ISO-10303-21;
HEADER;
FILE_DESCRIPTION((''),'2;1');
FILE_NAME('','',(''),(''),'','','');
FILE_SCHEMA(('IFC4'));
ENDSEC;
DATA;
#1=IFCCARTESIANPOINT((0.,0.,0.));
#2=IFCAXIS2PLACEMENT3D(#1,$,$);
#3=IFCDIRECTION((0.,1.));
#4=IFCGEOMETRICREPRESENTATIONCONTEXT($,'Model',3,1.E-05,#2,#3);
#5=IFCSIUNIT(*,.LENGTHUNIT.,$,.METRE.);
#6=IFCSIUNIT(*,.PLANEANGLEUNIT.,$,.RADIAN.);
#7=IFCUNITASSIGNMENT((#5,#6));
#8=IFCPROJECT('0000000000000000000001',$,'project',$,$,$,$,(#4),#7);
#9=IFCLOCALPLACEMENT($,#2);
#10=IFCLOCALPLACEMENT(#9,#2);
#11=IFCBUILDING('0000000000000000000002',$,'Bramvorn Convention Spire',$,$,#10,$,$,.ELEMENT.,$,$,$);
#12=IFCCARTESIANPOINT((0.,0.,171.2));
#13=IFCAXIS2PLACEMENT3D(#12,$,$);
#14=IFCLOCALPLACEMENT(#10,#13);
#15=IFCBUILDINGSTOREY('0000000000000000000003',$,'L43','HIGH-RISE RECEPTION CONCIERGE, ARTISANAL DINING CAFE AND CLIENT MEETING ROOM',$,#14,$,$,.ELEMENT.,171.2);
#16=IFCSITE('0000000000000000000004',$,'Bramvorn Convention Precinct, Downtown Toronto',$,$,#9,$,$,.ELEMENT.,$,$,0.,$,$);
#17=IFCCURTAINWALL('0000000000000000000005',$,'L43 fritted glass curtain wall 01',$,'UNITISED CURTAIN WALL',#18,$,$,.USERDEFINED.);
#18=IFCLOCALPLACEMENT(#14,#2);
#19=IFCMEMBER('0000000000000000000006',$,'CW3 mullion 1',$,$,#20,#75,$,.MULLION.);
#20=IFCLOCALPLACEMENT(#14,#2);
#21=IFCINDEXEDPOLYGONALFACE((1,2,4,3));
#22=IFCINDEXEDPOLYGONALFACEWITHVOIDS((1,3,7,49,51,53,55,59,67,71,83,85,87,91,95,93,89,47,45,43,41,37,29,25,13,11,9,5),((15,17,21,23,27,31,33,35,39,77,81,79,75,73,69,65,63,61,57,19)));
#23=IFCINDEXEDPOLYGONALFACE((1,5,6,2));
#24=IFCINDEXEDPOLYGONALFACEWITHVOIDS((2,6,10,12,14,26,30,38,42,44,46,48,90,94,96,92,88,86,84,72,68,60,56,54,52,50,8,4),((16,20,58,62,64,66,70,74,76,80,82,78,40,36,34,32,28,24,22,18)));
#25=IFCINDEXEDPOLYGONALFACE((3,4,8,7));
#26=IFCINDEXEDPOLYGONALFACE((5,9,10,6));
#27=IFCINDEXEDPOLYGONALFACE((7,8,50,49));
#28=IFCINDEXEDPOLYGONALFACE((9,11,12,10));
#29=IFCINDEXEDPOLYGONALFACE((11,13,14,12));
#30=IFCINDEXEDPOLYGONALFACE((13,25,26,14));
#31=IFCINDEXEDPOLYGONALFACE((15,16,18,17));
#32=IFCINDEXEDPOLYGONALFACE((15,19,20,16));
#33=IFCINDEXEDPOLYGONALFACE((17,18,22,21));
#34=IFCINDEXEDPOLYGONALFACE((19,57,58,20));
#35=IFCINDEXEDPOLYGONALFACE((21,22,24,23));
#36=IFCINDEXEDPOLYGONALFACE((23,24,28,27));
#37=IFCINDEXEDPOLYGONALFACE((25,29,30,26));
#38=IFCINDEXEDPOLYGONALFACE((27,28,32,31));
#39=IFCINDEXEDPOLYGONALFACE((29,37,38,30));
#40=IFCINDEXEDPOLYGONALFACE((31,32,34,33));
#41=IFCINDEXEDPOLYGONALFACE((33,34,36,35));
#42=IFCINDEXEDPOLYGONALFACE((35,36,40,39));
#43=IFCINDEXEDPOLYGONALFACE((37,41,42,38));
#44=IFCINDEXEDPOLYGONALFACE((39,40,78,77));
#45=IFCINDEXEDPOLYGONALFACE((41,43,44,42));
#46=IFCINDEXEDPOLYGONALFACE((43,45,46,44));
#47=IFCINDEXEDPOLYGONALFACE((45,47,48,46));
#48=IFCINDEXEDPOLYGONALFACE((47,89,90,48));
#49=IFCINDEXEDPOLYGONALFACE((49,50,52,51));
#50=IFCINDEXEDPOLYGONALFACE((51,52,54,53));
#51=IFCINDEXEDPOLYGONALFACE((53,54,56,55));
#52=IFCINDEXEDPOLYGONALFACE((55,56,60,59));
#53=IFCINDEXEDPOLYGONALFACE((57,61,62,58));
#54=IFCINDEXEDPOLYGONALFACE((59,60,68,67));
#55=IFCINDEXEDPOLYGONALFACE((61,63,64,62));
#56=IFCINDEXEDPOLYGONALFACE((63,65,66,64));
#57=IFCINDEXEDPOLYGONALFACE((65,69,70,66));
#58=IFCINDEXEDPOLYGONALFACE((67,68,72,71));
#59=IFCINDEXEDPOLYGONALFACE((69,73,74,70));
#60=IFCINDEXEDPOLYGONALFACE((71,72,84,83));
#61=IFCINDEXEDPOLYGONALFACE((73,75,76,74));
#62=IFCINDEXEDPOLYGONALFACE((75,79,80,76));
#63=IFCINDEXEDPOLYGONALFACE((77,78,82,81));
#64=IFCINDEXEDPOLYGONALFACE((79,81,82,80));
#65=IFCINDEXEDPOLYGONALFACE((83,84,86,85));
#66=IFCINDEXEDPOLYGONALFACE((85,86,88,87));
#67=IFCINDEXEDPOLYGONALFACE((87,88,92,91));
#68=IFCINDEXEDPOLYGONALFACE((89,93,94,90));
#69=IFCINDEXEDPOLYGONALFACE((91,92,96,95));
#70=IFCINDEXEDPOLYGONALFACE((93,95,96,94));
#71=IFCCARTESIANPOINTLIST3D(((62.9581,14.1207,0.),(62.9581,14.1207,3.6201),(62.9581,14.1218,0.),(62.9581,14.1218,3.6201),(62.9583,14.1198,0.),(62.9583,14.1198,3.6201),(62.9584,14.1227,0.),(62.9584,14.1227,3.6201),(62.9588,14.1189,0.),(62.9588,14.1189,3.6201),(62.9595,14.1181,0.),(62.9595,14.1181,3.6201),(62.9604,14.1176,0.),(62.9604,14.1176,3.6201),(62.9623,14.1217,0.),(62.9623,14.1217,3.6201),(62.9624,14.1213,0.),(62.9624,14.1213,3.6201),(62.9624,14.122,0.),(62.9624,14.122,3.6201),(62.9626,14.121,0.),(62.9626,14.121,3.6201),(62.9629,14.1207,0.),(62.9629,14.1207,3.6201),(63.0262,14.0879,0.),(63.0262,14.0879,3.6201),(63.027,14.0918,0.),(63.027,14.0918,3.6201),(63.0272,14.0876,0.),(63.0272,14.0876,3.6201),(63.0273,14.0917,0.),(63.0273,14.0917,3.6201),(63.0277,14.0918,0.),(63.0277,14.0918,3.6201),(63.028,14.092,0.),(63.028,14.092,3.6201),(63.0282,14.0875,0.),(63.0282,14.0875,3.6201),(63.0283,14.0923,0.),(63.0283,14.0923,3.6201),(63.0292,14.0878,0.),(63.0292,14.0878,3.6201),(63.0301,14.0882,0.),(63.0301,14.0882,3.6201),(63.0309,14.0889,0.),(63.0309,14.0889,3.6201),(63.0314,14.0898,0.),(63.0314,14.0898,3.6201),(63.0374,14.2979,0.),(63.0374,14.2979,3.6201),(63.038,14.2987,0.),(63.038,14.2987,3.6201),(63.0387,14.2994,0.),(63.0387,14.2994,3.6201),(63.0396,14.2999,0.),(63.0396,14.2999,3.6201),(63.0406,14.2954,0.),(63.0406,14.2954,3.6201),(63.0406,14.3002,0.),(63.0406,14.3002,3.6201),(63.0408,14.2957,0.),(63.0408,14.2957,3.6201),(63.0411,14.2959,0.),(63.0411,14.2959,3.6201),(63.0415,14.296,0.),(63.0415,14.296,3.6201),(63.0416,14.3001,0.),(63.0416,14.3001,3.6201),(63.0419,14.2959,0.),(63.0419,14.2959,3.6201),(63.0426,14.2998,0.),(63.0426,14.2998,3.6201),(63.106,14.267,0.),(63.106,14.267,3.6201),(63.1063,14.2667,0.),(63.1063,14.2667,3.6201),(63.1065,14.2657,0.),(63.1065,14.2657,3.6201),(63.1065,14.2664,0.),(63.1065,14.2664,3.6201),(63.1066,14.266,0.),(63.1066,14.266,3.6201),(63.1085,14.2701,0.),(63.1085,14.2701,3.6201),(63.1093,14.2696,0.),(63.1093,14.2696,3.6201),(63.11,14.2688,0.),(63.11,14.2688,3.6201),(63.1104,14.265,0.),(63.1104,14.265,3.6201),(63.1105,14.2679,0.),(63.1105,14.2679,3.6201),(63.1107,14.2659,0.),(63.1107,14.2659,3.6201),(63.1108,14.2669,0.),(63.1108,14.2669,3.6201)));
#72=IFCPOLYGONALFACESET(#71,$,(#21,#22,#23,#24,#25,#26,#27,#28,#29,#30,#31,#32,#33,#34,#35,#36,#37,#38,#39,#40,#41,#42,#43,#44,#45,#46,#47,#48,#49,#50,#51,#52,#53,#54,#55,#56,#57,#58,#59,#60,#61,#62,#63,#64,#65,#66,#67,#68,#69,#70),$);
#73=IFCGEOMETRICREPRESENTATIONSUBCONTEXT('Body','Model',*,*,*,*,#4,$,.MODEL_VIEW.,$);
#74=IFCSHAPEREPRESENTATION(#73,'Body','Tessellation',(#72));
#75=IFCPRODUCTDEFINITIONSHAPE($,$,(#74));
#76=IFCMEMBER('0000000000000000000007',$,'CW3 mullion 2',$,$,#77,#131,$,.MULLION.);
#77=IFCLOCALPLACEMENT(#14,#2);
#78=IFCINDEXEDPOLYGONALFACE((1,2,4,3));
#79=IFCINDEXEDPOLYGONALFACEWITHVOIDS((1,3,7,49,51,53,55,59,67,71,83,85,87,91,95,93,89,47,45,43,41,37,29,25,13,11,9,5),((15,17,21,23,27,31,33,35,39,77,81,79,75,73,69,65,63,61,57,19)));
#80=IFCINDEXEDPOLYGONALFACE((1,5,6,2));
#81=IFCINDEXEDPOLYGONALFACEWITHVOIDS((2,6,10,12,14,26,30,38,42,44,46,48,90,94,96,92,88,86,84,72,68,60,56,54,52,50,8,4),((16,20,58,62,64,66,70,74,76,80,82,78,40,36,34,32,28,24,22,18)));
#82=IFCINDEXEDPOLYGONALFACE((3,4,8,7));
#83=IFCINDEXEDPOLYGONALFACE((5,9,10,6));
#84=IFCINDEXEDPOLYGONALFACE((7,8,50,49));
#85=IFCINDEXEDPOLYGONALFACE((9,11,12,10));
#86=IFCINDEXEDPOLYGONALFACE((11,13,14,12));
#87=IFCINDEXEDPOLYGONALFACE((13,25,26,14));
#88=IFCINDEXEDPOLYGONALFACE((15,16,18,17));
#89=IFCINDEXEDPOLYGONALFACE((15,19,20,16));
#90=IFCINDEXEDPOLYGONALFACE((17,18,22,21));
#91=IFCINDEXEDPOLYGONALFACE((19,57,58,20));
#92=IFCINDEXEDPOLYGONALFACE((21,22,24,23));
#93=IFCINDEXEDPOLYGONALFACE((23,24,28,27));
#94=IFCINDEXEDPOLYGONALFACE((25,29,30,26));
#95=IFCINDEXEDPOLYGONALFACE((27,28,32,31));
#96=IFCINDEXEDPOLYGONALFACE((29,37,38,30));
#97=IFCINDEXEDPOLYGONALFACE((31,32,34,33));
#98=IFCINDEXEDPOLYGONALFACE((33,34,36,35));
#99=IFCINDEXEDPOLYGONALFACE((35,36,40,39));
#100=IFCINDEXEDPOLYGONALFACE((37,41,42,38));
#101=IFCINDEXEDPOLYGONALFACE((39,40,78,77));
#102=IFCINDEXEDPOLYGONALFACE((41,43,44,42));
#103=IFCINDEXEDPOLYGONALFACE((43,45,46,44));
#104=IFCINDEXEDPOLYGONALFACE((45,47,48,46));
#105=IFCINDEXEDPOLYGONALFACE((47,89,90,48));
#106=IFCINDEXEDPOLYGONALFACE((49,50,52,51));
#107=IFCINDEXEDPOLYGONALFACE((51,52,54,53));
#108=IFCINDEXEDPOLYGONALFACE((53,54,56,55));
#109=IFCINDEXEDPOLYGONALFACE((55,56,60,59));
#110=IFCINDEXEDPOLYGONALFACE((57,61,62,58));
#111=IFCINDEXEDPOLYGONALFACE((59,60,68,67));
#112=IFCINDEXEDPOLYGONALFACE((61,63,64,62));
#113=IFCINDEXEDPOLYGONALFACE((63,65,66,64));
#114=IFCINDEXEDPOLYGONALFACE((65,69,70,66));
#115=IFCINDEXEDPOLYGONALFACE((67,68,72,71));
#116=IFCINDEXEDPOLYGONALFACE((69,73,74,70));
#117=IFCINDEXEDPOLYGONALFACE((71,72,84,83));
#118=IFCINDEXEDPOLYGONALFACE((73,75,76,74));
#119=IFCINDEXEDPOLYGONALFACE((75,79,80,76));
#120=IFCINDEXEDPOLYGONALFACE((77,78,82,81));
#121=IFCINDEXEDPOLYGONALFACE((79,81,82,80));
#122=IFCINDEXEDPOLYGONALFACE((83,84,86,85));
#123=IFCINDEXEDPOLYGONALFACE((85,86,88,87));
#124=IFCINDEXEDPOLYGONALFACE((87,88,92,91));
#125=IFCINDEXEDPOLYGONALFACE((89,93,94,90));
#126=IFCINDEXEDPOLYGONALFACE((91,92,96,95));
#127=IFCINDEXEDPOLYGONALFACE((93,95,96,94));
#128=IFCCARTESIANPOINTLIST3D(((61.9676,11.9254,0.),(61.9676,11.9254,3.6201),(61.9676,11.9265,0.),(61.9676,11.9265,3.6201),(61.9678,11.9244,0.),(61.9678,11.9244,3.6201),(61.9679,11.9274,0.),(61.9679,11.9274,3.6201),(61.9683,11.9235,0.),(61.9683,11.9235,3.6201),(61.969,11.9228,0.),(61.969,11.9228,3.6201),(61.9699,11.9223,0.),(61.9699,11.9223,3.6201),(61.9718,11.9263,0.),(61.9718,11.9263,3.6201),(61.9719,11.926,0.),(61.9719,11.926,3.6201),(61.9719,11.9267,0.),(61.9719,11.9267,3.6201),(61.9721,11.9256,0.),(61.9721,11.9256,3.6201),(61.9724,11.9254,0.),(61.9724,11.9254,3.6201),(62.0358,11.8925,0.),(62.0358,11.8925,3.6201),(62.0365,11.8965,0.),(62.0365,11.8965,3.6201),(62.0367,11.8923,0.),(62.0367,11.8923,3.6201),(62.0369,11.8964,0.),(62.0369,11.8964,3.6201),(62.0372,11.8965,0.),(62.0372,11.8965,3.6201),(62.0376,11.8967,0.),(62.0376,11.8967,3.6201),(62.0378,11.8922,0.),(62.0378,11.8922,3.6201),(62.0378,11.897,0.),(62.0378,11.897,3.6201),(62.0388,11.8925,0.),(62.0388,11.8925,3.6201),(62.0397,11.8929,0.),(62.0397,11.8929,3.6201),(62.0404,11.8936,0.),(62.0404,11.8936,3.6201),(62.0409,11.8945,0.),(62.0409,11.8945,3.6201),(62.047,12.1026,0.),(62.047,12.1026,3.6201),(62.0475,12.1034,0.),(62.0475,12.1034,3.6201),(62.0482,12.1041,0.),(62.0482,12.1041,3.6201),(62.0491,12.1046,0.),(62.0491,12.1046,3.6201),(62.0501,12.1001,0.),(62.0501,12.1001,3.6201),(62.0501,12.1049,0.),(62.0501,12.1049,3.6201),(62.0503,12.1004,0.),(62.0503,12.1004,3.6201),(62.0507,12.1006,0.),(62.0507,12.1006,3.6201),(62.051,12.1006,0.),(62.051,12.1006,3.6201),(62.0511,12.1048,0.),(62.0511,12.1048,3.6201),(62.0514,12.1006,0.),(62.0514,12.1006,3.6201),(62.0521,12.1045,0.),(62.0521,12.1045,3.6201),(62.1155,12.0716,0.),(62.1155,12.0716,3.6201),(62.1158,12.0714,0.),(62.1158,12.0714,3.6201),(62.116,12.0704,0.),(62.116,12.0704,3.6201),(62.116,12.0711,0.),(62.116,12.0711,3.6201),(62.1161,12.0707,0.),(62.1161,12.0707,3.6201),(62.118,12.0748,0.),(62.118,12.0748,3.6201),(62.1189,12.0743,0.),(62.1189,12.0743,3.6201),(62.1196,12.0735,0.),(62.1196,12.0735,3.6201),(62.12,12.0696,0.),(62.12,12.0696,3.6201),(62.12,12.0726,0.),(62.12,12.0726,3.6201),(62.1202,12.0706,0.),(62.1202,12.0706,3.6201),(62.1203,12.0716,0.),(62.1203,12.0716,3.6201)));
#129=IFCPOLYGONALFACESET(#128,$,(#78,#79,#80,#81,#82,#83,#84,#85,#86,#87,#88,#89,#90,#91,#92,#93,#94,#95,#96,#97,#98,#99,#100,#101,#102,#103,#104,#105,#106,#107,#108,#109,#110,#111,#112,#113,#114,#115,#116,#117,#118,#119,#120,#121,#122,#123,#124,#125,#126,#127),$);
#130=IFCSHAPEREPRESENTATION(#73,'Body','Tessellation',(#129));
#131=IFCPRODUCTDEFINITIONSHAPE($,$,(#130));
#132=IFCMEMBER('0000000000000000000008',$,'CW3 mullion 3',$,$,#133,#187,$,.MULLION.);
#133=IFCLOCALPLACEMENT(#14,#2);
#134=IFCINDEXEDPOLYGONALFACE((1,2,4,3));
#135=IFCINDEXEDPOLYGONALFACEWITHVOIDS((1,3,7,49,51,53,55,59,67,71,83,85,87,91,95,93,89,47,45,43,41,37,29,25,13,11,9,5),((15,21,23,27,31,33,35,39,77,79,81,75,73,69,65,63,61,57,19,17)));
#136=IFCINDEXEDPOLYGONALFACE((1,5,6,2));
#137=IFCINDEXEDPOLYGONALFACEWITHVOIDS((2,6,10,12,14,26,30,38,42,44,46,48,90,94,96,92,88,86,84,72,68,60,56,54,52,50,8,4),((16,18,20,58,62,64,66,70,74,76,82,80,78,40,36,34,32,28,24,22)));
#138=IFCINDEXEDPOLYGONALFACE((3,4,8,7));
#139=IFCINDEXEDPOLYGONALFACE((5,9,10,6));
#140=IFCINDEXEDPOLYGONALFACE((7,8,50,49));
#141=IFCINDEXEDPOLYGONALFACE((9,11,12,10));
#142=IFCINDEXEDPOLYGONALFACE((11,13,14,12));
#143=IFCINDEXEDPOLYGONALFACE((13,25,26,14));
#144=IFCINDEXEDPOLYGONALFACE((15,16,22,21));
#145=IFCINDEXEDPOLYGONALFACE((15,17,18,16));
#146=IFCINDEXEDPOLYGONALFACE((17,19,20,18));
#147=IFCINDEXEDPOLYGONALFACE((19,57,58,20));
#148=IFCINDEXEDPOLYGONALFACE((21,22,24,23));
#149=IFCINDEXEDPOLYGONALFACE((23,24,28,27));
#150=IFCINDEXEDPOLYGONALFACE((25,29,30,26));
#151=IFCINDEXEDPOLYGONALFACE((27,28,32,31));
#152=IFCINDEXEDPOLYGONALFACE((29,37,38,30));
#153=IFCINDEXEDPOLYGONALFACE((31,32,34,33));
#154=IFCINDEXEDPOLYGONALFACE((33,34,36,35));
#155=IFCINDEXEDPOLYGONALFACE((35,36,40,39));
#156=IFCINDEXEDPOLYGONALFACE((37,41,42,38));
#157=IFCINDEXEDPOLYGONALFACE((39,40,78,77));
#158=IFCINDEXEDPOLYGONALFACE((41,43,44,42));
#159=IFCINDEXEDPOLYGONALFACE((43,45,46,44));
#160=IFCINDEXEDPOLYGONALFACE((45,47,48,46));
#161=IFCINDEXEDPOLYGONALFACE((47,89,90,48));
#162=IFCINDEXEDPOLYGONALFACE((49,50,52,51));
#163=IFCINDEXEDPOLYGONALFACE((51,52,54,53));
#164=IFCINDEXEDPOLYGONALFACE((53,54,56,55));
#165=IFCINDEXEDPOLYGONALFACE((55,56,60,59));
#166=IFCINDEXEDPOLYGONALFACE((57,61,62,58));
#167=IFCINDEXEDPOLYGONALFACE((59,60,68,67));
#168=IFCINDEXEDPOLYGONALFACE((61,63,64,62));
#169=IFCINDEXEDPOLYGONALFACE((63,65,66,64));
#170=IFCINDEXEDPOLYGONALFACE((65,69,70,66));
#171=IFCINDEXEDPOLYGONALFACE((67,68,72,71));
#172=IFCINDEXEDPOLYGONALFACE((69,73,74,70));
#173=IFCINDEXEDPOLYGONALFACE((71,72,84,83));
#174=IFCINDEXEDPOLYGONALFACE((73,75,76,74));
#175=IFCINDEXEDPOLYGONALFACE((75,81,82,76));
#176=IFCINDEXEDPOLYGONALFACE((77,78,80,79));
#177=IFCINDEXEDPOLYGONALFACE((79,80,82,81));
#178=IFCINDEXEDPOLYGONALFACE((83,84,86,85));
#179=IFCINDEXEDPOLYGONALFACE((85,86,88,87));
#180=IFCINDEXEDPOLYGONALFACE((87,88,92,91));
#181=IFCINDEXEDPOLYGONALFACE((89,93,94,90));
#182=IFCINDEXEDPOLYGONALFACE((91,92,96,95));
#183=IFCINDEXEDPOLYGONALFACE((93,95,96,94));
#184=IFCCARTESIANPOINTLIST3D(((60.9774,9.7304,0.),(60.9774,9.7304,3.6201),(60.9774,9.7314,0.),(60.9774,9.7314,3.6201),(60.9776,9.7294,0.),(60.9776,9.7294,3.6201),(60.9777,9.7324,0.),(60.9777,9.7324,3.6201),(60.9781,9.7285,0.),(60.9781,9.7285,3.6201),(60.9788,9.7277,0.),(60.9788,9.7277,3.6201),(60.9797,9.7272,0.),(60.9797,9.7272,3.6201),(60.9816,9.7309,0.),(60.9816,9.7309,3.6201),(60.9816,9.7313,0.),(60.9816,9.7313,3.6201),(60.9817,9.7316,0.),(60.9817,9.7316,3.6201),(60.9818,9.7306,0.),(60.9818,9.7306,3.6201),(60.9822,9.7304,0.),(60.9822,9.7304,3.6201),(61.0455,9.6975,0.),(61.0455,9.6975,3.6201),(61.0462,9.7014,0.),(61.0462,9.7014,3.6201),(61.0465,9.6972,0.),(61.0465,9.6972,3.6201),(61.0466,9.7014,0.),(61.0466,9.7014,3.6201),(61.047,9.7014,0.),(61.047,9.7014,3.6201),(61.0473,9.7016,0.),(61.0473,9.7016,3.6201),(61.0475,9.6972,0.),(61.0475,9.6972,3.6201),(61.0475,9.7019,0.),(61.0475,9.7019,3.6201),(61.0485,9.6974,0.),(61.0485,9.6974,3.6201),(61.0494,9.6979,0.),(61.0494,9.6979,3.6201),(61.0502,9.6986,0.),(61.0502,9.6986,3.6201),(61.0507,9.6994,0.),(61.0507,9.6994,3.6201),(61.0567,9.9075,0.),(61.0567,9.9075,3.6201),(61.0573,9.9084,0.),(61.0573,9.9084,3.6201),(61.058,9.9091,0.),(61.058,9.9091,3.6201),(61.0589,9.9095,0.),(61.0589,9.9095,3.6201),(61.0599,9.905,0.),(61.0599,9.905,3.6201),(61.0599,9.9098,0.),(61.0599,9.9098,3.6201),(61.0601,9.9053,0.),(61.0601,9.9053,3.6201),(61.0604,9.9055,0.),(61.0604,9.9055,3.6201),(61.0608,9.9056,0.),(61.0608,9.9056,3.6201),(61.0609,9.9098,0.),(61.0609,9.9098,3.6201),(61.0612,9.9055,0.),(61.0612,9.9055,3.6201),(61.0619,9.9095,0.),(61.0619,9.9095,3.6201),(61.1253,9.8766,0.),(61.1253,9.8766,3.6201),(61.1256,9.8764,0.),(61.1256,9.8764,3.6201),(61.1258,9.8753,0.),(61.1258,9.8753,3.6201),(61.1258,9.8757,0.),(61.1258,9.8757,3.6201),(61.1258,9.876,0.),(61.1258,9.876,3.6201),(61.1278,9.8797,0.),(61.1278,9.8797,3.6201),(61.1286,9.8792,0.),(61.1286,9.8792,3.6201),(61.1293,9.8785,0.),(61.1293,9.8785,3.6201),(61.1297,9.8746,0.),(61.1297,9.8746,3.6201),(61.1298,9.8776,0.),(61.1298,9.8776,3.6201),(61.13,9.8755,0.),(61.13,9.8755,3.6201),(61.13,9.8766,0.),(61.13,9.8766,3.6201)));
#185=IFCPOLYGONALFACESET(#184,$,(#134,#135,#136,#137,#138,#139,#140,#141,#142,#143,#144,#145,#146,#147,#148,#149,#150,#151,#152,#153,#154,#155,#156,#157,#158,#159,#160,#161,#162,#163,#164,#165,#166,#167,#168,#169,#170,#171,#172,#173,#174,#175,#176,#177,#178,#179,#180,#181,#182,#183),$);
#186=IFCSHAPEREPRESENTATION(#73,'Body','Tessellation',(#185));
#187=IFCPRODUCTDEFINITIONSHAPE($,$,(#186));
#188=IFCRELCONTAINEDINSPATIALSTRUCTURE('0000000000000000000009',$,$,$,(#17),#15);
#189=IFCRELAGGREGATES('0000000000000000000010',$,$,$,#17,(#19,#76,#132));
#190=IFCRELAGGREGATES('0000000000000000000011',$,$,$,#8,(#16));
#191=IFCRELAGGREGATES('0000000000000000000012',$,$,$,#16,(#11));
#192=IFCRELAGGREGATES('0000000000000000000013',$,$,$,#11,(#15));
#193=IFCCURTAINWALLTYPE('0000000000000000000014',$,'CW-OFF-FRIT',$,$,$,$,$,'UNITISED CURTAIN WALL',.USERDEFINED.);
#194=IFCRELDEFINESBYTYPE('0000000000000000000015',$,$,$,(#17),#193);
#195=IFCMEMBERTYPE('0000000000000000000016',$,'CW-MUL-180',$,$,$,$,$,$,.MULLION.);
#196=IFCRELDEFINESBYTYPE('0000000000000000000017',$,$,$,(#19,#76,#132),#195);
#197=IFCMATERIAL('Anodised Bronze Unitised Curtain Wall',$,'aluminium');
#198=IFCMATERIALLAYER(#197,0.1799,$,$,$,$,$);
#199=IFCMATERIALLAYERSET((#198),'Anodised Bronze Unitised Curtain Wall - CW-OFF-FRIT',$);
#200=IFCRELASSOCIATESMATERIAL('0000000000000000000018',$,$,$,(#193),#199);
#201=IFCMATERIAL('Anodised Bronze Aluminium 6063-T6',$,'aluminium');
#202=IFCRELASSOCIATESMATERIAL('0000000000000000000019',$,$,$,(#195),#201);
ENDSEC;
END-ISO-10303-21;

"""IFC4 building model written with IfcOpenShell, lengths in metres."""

from ifc_helpers import new_model, si_unit, direction, frame, origin, origin_2d, place, context, subcontext, project, spatial, hollow_rectangle, extrude, material, layer, layer_set, material_profile, profile_set, type_object, element, aggregate, save


model = new_model("IFC4")

# Units and contexts
model_context = context("Model", 3, precision=1e-05, world=origin(), true_north=direction((0.0, 1.0)))
body_context = subcontext(model_context, "Body", "Model", "MODEL_VIEW")
ifc_project = project(units=[si_unit("LENGTHUNIT", "METRE"), si_unit("PLANEANGLEUNIT", "RADIAN")], contexts=[model_context])

# Site, building, storey
site_placement = place(None, origin())
site = spatial("IfcSite", under=ifc_project, at=site_placement, Name="Bramvorn Convention Precinct, Downtown Toronto", CompositionType="ELEMENT", RefElevation=0.0)
building_placement = place(site_placement, origin())
building = spatial("IfcBuilding", under=site, at=building_placement, Name="Bramvorn Convention Spire", CompositionType="ELEMENT")
storey_placement = place(building_placement, frame((0.0, 0.0, 171.2)))
storey = spatial("IfcBuildingStorey", under=building, at=storey_placement, Name="L43", Description="HIGH-RISE RECEPTION CONCIERGE, ARTISANAL DINING CAFE AND CLIENT MEETING ROOM", CompositionType="ELEMENT", Elevation=171.2)

# Curtain wall, members
ifc_material_1 = material(Name="Anodised Bronze Unitised Curtain Wall", Category="aluminium")
ifc_layer_1 = layer(ifc_material_1, 0.1799)
ifc_layer_set_1 = layer_set([ifc_layer_1], Name="Anodised Bronze Unitised Curtain Wall - CW-OFF-FRIT")
curtain_wall_type = type_object("IfcCurtainWallType", Name="CW-OFF-FRIT", ElementType="UNITISED CURTAIN WALL", PredefinedType="USERDEFINED", material=ifc_layer_set_1)
curtain_wall_1_placement = place(storey_placement, origin())
curtain_wall_1 = element("IfcCurtainWall", 1, at=curtain_wall_1_placement, inside=storey, type_object=curtain_wall_type, Name="L43 fritted glass curtain wall 01", ObjectType="UNITISED CURTAIN WALL", PredefinedType="USERDEFINED")
ifc_material_2 = material(Name="Anodised Bronze Aluminium 6063-T6", Category="aluminium")
ifc_material_profile_1 = material_profile(ifc_material_2, hollow_rectangle(XDim=0.0801, YDim=0.2, WallThickness=0.0039, InnerFilletRadius=0.001, OuterFilletRadius=0.0039, at=origin_2d()))
ifc_profile_set_1 = profile_set([ifc_material_profile_1], Name="Anodised Bronze Aluminium 6063-T6 - CWM80X200")
member_type_1 = type_object("IfcMemberType", Name="CW-MUL-180", PredefinedType="MULLION", material=ifc_profile_set_1)
member_1_placement = place(storey_placement, frame((63.0344, 14.1938, 0.0), z_axis=(0.0, 0.0, 1.0), x_axis=(0.911522, -0.41125, 0.0)))
member_1 = element("IfcMember", 2, at=member_1_placement, type_object=member_type_1, Name="CW3 mullion 1", PredefinedType="MULLION", context=body_context, shape_type="SweptSolid", body=[
    extrude(hollow_rectangle(XDim=0.0801, YDim=0.2, WallThickness=0.0039, InnerFilletRadius=0.001, OuterFilletRadius=0.0039, at=origin_2d()), origin(), (0.0, 0.0, 1.0), 3.6201),
])
member_2_placement = place(storey_placement, frame((62.0439, 11.9985, 0.0), z_axis=(0.0, 0.0, 1.0), x_axis=(0.911522, -0.41125, 0.0)))
member_2 = element("IfcMember", 3, at=member_2_placement, type_object=member_type_1, Name="CW3 mullion 2", PredefinedType="MULLION", context=body_context, shape_type="SweptSolid", body=[
    extrude(hollow_rectangle(XDim=0.0801, YDim=0.2, WallThickness=0.0039, InnerFilletRadius=0.001, OuterFilletRadius=0.0039, at=origin_2d()), origin(), (0.0, 0.0, 1.0), 3.6201),
])
member_3_placement = place(storey_placement, frame((61.0537, 9.8035, 0.0), z_axis=(0.0, 0.0, 1.0), x_axis=(0.911522, -0.41125, 0.0)))
member_3 = element("IfcMember", 4, at=member_3_placement, type_object=member_type_1, Name="CW3 mullion 3", PredefinedType="MULLION", context=body_context, shape_type="SweptSolid", body=[
    extrude(hollow_rectangle(XDim=0.0801, YDim=0.2, WallThickness=0.0039, InnerFilletRadius=0.001, OuterFilletRadius=0.0039, at=origin_2d()), origin(), (0.0, 0.0, 1.0), 3.6201),
])

aggregate(curtain_wall_1, [member_1, member_2, member_3])

save(model, "model.ifc")
